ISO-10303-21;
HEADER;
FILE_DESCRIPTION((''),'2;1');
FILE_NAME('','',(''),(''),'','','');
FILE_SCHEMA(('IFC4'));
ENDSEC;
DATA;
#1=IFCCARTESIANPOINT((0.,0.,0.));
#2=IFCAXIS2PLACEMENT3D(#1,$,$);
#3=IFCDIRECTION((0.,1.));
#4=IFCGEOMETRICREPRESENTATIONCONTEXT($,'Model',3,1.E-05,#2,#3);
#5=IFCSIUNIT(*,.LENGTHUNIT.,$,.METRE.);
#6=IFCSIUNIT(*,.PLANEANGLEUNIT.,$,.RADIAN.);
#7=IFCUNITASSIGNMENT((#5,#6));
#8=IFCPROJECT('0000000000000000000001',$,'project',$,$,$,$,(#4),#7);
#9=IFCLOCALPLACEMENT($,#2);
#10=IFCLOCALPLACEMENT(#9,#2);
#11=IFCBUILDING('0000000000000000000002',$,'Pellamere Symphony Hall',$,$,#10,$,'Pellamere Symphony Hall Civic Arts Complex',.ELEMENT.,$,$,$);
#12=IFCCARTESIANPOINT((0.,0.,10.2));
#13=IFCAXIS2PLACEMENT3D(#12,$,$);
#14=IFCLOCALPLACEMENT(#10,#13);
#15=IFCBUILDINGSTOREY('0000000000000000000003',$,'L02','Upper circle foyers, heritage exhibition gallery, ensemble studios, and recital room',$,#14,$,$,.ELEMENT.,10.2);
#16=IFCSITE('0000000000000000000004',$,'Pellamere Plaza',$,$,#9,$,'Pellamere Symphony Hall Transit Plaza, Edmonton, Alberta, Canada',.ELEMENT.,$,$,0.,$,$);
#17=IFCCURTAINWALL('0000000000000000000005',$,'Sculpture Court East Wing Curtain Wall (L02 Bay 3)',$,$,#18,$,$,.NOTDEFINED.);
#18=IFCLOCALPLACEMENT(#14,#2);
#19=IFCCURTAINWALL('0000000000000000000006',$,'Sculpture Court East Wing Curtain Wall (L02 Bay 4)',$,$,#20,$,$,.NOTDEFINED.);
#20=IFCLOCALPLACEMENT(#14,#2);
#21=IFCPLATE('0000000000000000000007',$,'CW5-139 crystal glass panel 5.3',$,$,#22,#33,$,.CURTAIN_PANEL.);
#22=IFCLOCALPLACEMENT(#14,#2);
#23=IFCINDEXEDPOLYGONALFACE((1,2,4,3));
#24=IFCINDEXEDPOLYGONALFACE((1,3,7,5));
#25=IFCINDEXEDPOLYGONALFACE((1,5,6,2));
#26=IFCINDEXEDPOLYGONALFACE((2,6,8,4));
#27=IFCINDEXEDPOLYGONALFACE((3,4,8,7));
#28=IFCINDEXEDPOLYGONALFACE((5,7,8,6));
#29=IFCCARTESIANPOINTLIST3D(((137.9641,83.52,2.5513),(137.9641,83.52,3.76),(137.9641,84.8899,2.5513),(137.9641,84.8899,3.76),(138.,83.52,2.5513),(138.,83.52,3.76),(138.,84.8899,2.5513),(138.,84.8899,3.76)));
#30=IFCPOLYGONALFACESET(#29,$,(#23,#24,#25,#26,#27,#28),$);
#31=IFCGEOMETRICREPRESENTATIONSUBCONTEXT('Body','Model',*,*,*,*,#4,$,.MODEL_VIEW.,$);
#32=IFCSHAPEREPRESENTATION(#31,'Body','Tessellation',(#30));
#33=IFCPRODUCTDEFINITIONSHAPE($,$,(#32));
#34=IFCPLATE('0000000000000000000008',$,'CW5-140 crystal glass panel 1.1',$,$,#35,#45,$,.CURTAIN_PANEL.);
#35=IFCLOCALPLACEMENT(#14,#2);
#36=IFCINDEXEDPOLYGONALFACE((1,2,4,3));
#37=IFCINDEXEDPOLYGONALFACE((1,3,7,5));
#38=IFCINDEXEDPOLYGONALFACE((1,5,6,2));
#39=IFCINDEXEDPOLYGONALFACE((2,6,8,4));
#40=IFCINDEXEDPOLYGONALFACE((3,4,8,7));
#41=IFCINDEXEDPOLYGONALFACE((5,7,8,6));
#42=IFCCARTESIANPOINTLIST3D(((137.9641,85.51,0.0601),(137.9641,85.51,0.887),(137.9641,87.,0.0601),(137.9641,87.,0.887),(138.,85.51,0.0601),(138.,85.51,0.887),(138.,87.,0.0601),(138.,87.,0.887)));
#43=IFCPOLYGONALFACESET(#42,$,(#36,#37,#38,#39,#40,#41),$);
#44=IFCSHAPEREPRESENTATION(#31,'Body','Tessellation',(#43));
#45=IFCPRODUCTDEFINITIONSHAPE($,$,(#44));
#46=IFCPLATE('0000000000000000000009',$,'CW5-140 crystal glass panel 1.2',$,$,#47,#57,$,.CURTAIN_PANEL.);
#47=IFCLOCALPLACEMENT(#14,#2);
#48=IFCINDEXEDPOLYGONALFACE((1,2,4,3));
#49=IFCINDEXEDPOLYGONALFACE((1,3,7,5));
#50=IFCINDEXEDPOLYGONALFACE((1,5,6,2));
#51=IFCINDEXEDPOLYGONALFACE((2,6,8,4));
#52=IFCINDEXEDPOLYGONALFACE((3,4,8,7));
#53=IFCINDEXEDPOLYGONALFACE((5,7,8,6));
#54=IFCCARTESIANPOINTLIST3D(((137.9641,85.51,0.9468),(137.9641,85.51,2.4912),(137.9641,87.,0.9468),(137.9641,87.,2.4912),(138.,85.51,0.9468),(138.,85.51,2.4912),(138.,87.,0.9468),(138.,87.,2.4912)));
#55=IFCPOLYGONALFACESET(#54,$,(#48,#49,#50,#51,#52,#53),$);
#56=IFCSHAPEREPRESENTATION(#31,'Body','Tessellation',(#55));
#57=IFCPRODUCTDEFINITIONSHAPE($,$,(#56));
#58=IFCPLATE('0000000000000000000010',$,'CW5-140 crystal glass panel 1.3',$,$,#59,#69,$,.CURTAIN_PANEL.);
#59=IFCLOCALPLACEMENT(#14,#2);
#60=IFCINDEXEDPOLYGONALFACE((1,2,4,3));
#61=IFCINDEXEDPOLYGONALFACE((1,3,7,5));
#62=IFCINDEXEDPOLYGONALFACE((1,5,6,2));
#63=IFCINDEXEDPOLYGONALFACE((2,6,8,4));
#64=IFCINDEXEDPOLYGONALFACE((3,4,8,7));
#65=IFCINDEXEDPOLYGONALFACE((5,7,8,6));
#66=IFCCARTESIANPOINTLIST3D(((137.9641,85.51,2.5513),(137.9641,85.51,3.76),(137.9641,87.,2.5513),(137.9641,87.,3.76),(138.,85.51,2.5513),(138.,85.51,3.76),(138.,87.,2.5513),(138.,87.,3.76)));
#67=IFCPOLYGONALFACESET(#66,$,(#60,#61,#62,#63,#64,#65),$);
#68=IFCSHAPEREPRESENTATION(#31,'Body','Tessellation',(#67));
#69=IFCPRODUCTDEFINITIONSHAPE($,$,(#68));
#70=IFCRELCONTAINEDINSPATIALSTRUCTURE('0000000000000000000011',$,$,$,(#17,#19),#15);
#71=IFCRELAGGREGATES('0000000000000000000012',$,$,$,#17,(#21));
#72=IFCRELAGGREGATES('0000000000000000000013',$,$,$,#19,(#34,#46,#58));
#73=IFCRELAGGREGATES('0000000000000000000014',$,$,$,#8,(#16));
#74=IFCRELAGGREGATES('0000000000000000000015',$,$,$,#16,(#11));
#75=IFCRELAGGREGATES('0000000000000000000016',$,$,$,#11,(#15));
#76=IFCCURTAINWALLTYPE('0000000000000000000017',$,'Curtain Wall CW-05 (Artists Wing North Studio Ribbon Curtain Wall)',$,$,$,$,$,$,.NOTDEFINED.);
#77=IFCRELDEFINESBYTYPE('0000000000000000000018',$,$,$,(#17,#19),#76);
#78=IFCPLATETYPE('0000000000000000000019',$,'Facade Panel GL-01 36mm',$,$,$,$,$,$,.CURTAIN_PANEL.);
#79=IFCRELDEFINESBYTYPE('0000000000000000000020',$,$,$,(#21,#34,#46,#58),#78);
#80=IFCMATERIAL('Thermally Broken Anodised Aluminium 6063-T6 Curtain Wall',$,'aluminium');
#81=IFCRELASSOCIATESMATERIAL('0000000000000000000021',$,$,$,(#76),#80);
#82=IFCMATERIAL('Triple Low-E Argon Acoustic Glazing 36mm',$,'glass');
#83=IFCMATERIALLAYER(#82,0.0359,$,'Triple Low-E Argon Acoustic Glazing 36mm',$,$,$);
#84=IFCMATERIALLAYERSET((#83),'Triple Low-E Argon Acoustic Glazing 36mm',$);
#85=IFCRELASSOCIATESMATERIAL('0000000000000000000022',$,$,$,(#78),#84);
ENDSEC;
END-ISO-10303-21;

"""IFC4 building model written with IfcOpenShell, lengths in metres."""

from ifc_helpers import new_model, si_unit, direction, frame, origin, place, context, subcontext, project, spatial, polyline, outline, extrude, material, layer, layer_set, type_object, element, aggregate, save


model = new_model("IFC4")

# Units and contexts
model_context = context("Model", 3, precision=1e-05, world=origin(), true_north=direction((0.0, 1.0)))
body_context = subcontext(model_context, "Body", "Model", "MODEL_VIEW")
ifc_project = project(units=[si_unit("LENGTHUNIT", "METRE"), si_unit("PLANEANGLEUNIT", "RADIAN")], contexts=[model_context])

# Site, building, storey
site_placement = place(None, origin())
site = spatial("IfcSite", under=ifc_project, at=site_placement, Name="Pellamere Plaza", LongName="Pellamere Symphony Hall Transit Plaza, Edmonton, Alberta, Canada", CompositionType="ELEMENT", RefElevation=0.0)
building_placement = place(site_placement, origin())
building = spatial("IfcBuilding", under=site, at=building_placement, Name="Pellamere Symphony Hall", LongName="Pellamere Symphony Hall Civic Arts Complex", CompositionType="ELEMENT")
storey_placement = place(building_placement, frame((0.0, 0.0, 10.2)))
storey = spatial("IfcBuildingStorey", under=building, at=storey_placement, Name="L02", Description="Upper circle foyers, heritage exhibition gallery, ensemble studios, and recital room", CompositionType="ELEMENT", Elevation=10.2)

# Curtain walls
ifc_material_1 = material(Name="Thermally Broken Anodised Aluminium 6063-T6 Curtain Wall", Category="aluminium")
curtain_wall_type = type_object("IfcCurtainWallType", Name="Curtain Wall CW-05 (Artists Wing North Studio Ribbon Curtain Wall)", PredefinedType="NOTDEFINED", material=ifc_material_1)
curtain_wall_1_placement = place(storey_placement, origin())
curtain_wall_1 = element("IfcCurtainWall", 1, at=curtain_wall_1_placement, inside=storey, type_object=curtain_wall_type, Name="Sculpture Court East Wing Curtain Wall (L02 Bay 3)", PredefinedType="NOTDEFINED")
curtain_wall_2_placement = place(storey_placement, origin())
curtain_wall_2 = element("IfcCurtainWall", 2, at=curtain_wall_2_placement, inside=storey, type_object=curtain_wall_type, Name="Sculpture Court East Wing Curtain Wall (L02 Bay 4)", PredefinedType="NOTDEFINED")

# Plates
ifc_material_2 = material(Name="Triple Low-E Argon Acoustic Glazing 36mm", Category="glass")
ifc_layer = layer(ifc_material_2, 0.0359, Name="Triple Low-E Argon Acoustic Glazing 36mm")
ifc_layer_set = layer_set([ifc_layer], Name="Triple Low-E Argon Acoustic Glazing 36mm")
plate_type = type_object("IfcPlateType", Name="Facade Panel GL-01 36mm", PredefinedType="CURTAIN_PANEL", material=ifc_layer_set)
plate_1_placement = place(storey_placement, frame((138.0, 83.52, 2.5513), z_axis=(1.0, 0.0, 0.0), x_axis=(0.0, 1.0, 0.0)))
plate_1 = element("IfcPlate", 3, at=plate_1_placement, type_object=plate_type, Name="CW5-139 crystal glass panel 5.3", PredefinedType="CURTAIN_PANEL", context=body_context, shape_type="SweptSolid", body=[
    extrude(outline(polyline([(0.0, 0.0), (1.3699, 0.0), (1.3699, 1.2087), (0.0, 1.2087), (0.0, 0.0)])), origin(), (0.0, 0.0, -1.0), 0.0359),
])
aggregate(curtain_wall_1, [plate_1])
plate_2_placement = place(storey_placement, frame((138.0, 85.51, 0.0601), z_axis=(1.0, 0.0, 0.0), x_axis=(0.0, 1.0, 0.0)))
plate_2 = element("IfcPlate", 4, at=plate_2_placement, type_object=plate_type, Name="CW5-140 crystal glass panel 1.1", PredefinedType="CURTAIN_PANEL", context=body_context, shape_type="SweptSolid", body=[
    extrude(outline(polyline([(0.0, 0.0), (1.49, 0.0), (1.49, 0.8269), (0.0, 0.8269), (0.0, 0.0)])), origin(), (0.0, 0.0, -1.0), 0.0359),
])
plate_3_placement = place(storey_placement, frame((138.0, 85.51, 0.9468), z_axis=(1.0, 0.0, 0.0), x_axis=(0.0, 1.0, 0.0)))
plate_3 = element("IfcPlate", 5, at=plate_3_placement, type_object=plate_type, Name="CW5-140 crystal glass panel 1.2", PredefinedType="CURTAIN_PANEL", context=body_context, shape_type="SweptSolid", body=[
    extrude(outline(polyline([(0.0, 0.0), (1.49, 0.0), (1.49, 1.5444), (0.0, 1.5444), (0.0, 0.0)])), origin(), (0.0, 0.0, -1.0), 0.0359),
])
plate_4_placement = place(storey_placement, frame((138.0, 85.51, 2.5513), z_axis=(1.0, 0.0, 0.0), x_axis=(0.0, 1.0, 0.0)))
plate_4 = element("IfcPlate", 6, at=plate_4_placement, type_object=plate_type, Name="CW5-140 crystal glass panel 1.3", PredefinedType="CURTAIN_PANEL", context=body_context, shape_type="SweptSolid", body=[
    extrude(outline(polyline([(0.0, 0.0), (1.49, 0.0), (1.49, 1.2087), (0.0, 1.2087), (0.0, 0.0)])), origin(), (0.0, 0.0, -1.0), 0.0359),
])
aggregate(curtain_wall_2, [plate_2, plate_3, plate_4])

save(model, "model.ifc")
